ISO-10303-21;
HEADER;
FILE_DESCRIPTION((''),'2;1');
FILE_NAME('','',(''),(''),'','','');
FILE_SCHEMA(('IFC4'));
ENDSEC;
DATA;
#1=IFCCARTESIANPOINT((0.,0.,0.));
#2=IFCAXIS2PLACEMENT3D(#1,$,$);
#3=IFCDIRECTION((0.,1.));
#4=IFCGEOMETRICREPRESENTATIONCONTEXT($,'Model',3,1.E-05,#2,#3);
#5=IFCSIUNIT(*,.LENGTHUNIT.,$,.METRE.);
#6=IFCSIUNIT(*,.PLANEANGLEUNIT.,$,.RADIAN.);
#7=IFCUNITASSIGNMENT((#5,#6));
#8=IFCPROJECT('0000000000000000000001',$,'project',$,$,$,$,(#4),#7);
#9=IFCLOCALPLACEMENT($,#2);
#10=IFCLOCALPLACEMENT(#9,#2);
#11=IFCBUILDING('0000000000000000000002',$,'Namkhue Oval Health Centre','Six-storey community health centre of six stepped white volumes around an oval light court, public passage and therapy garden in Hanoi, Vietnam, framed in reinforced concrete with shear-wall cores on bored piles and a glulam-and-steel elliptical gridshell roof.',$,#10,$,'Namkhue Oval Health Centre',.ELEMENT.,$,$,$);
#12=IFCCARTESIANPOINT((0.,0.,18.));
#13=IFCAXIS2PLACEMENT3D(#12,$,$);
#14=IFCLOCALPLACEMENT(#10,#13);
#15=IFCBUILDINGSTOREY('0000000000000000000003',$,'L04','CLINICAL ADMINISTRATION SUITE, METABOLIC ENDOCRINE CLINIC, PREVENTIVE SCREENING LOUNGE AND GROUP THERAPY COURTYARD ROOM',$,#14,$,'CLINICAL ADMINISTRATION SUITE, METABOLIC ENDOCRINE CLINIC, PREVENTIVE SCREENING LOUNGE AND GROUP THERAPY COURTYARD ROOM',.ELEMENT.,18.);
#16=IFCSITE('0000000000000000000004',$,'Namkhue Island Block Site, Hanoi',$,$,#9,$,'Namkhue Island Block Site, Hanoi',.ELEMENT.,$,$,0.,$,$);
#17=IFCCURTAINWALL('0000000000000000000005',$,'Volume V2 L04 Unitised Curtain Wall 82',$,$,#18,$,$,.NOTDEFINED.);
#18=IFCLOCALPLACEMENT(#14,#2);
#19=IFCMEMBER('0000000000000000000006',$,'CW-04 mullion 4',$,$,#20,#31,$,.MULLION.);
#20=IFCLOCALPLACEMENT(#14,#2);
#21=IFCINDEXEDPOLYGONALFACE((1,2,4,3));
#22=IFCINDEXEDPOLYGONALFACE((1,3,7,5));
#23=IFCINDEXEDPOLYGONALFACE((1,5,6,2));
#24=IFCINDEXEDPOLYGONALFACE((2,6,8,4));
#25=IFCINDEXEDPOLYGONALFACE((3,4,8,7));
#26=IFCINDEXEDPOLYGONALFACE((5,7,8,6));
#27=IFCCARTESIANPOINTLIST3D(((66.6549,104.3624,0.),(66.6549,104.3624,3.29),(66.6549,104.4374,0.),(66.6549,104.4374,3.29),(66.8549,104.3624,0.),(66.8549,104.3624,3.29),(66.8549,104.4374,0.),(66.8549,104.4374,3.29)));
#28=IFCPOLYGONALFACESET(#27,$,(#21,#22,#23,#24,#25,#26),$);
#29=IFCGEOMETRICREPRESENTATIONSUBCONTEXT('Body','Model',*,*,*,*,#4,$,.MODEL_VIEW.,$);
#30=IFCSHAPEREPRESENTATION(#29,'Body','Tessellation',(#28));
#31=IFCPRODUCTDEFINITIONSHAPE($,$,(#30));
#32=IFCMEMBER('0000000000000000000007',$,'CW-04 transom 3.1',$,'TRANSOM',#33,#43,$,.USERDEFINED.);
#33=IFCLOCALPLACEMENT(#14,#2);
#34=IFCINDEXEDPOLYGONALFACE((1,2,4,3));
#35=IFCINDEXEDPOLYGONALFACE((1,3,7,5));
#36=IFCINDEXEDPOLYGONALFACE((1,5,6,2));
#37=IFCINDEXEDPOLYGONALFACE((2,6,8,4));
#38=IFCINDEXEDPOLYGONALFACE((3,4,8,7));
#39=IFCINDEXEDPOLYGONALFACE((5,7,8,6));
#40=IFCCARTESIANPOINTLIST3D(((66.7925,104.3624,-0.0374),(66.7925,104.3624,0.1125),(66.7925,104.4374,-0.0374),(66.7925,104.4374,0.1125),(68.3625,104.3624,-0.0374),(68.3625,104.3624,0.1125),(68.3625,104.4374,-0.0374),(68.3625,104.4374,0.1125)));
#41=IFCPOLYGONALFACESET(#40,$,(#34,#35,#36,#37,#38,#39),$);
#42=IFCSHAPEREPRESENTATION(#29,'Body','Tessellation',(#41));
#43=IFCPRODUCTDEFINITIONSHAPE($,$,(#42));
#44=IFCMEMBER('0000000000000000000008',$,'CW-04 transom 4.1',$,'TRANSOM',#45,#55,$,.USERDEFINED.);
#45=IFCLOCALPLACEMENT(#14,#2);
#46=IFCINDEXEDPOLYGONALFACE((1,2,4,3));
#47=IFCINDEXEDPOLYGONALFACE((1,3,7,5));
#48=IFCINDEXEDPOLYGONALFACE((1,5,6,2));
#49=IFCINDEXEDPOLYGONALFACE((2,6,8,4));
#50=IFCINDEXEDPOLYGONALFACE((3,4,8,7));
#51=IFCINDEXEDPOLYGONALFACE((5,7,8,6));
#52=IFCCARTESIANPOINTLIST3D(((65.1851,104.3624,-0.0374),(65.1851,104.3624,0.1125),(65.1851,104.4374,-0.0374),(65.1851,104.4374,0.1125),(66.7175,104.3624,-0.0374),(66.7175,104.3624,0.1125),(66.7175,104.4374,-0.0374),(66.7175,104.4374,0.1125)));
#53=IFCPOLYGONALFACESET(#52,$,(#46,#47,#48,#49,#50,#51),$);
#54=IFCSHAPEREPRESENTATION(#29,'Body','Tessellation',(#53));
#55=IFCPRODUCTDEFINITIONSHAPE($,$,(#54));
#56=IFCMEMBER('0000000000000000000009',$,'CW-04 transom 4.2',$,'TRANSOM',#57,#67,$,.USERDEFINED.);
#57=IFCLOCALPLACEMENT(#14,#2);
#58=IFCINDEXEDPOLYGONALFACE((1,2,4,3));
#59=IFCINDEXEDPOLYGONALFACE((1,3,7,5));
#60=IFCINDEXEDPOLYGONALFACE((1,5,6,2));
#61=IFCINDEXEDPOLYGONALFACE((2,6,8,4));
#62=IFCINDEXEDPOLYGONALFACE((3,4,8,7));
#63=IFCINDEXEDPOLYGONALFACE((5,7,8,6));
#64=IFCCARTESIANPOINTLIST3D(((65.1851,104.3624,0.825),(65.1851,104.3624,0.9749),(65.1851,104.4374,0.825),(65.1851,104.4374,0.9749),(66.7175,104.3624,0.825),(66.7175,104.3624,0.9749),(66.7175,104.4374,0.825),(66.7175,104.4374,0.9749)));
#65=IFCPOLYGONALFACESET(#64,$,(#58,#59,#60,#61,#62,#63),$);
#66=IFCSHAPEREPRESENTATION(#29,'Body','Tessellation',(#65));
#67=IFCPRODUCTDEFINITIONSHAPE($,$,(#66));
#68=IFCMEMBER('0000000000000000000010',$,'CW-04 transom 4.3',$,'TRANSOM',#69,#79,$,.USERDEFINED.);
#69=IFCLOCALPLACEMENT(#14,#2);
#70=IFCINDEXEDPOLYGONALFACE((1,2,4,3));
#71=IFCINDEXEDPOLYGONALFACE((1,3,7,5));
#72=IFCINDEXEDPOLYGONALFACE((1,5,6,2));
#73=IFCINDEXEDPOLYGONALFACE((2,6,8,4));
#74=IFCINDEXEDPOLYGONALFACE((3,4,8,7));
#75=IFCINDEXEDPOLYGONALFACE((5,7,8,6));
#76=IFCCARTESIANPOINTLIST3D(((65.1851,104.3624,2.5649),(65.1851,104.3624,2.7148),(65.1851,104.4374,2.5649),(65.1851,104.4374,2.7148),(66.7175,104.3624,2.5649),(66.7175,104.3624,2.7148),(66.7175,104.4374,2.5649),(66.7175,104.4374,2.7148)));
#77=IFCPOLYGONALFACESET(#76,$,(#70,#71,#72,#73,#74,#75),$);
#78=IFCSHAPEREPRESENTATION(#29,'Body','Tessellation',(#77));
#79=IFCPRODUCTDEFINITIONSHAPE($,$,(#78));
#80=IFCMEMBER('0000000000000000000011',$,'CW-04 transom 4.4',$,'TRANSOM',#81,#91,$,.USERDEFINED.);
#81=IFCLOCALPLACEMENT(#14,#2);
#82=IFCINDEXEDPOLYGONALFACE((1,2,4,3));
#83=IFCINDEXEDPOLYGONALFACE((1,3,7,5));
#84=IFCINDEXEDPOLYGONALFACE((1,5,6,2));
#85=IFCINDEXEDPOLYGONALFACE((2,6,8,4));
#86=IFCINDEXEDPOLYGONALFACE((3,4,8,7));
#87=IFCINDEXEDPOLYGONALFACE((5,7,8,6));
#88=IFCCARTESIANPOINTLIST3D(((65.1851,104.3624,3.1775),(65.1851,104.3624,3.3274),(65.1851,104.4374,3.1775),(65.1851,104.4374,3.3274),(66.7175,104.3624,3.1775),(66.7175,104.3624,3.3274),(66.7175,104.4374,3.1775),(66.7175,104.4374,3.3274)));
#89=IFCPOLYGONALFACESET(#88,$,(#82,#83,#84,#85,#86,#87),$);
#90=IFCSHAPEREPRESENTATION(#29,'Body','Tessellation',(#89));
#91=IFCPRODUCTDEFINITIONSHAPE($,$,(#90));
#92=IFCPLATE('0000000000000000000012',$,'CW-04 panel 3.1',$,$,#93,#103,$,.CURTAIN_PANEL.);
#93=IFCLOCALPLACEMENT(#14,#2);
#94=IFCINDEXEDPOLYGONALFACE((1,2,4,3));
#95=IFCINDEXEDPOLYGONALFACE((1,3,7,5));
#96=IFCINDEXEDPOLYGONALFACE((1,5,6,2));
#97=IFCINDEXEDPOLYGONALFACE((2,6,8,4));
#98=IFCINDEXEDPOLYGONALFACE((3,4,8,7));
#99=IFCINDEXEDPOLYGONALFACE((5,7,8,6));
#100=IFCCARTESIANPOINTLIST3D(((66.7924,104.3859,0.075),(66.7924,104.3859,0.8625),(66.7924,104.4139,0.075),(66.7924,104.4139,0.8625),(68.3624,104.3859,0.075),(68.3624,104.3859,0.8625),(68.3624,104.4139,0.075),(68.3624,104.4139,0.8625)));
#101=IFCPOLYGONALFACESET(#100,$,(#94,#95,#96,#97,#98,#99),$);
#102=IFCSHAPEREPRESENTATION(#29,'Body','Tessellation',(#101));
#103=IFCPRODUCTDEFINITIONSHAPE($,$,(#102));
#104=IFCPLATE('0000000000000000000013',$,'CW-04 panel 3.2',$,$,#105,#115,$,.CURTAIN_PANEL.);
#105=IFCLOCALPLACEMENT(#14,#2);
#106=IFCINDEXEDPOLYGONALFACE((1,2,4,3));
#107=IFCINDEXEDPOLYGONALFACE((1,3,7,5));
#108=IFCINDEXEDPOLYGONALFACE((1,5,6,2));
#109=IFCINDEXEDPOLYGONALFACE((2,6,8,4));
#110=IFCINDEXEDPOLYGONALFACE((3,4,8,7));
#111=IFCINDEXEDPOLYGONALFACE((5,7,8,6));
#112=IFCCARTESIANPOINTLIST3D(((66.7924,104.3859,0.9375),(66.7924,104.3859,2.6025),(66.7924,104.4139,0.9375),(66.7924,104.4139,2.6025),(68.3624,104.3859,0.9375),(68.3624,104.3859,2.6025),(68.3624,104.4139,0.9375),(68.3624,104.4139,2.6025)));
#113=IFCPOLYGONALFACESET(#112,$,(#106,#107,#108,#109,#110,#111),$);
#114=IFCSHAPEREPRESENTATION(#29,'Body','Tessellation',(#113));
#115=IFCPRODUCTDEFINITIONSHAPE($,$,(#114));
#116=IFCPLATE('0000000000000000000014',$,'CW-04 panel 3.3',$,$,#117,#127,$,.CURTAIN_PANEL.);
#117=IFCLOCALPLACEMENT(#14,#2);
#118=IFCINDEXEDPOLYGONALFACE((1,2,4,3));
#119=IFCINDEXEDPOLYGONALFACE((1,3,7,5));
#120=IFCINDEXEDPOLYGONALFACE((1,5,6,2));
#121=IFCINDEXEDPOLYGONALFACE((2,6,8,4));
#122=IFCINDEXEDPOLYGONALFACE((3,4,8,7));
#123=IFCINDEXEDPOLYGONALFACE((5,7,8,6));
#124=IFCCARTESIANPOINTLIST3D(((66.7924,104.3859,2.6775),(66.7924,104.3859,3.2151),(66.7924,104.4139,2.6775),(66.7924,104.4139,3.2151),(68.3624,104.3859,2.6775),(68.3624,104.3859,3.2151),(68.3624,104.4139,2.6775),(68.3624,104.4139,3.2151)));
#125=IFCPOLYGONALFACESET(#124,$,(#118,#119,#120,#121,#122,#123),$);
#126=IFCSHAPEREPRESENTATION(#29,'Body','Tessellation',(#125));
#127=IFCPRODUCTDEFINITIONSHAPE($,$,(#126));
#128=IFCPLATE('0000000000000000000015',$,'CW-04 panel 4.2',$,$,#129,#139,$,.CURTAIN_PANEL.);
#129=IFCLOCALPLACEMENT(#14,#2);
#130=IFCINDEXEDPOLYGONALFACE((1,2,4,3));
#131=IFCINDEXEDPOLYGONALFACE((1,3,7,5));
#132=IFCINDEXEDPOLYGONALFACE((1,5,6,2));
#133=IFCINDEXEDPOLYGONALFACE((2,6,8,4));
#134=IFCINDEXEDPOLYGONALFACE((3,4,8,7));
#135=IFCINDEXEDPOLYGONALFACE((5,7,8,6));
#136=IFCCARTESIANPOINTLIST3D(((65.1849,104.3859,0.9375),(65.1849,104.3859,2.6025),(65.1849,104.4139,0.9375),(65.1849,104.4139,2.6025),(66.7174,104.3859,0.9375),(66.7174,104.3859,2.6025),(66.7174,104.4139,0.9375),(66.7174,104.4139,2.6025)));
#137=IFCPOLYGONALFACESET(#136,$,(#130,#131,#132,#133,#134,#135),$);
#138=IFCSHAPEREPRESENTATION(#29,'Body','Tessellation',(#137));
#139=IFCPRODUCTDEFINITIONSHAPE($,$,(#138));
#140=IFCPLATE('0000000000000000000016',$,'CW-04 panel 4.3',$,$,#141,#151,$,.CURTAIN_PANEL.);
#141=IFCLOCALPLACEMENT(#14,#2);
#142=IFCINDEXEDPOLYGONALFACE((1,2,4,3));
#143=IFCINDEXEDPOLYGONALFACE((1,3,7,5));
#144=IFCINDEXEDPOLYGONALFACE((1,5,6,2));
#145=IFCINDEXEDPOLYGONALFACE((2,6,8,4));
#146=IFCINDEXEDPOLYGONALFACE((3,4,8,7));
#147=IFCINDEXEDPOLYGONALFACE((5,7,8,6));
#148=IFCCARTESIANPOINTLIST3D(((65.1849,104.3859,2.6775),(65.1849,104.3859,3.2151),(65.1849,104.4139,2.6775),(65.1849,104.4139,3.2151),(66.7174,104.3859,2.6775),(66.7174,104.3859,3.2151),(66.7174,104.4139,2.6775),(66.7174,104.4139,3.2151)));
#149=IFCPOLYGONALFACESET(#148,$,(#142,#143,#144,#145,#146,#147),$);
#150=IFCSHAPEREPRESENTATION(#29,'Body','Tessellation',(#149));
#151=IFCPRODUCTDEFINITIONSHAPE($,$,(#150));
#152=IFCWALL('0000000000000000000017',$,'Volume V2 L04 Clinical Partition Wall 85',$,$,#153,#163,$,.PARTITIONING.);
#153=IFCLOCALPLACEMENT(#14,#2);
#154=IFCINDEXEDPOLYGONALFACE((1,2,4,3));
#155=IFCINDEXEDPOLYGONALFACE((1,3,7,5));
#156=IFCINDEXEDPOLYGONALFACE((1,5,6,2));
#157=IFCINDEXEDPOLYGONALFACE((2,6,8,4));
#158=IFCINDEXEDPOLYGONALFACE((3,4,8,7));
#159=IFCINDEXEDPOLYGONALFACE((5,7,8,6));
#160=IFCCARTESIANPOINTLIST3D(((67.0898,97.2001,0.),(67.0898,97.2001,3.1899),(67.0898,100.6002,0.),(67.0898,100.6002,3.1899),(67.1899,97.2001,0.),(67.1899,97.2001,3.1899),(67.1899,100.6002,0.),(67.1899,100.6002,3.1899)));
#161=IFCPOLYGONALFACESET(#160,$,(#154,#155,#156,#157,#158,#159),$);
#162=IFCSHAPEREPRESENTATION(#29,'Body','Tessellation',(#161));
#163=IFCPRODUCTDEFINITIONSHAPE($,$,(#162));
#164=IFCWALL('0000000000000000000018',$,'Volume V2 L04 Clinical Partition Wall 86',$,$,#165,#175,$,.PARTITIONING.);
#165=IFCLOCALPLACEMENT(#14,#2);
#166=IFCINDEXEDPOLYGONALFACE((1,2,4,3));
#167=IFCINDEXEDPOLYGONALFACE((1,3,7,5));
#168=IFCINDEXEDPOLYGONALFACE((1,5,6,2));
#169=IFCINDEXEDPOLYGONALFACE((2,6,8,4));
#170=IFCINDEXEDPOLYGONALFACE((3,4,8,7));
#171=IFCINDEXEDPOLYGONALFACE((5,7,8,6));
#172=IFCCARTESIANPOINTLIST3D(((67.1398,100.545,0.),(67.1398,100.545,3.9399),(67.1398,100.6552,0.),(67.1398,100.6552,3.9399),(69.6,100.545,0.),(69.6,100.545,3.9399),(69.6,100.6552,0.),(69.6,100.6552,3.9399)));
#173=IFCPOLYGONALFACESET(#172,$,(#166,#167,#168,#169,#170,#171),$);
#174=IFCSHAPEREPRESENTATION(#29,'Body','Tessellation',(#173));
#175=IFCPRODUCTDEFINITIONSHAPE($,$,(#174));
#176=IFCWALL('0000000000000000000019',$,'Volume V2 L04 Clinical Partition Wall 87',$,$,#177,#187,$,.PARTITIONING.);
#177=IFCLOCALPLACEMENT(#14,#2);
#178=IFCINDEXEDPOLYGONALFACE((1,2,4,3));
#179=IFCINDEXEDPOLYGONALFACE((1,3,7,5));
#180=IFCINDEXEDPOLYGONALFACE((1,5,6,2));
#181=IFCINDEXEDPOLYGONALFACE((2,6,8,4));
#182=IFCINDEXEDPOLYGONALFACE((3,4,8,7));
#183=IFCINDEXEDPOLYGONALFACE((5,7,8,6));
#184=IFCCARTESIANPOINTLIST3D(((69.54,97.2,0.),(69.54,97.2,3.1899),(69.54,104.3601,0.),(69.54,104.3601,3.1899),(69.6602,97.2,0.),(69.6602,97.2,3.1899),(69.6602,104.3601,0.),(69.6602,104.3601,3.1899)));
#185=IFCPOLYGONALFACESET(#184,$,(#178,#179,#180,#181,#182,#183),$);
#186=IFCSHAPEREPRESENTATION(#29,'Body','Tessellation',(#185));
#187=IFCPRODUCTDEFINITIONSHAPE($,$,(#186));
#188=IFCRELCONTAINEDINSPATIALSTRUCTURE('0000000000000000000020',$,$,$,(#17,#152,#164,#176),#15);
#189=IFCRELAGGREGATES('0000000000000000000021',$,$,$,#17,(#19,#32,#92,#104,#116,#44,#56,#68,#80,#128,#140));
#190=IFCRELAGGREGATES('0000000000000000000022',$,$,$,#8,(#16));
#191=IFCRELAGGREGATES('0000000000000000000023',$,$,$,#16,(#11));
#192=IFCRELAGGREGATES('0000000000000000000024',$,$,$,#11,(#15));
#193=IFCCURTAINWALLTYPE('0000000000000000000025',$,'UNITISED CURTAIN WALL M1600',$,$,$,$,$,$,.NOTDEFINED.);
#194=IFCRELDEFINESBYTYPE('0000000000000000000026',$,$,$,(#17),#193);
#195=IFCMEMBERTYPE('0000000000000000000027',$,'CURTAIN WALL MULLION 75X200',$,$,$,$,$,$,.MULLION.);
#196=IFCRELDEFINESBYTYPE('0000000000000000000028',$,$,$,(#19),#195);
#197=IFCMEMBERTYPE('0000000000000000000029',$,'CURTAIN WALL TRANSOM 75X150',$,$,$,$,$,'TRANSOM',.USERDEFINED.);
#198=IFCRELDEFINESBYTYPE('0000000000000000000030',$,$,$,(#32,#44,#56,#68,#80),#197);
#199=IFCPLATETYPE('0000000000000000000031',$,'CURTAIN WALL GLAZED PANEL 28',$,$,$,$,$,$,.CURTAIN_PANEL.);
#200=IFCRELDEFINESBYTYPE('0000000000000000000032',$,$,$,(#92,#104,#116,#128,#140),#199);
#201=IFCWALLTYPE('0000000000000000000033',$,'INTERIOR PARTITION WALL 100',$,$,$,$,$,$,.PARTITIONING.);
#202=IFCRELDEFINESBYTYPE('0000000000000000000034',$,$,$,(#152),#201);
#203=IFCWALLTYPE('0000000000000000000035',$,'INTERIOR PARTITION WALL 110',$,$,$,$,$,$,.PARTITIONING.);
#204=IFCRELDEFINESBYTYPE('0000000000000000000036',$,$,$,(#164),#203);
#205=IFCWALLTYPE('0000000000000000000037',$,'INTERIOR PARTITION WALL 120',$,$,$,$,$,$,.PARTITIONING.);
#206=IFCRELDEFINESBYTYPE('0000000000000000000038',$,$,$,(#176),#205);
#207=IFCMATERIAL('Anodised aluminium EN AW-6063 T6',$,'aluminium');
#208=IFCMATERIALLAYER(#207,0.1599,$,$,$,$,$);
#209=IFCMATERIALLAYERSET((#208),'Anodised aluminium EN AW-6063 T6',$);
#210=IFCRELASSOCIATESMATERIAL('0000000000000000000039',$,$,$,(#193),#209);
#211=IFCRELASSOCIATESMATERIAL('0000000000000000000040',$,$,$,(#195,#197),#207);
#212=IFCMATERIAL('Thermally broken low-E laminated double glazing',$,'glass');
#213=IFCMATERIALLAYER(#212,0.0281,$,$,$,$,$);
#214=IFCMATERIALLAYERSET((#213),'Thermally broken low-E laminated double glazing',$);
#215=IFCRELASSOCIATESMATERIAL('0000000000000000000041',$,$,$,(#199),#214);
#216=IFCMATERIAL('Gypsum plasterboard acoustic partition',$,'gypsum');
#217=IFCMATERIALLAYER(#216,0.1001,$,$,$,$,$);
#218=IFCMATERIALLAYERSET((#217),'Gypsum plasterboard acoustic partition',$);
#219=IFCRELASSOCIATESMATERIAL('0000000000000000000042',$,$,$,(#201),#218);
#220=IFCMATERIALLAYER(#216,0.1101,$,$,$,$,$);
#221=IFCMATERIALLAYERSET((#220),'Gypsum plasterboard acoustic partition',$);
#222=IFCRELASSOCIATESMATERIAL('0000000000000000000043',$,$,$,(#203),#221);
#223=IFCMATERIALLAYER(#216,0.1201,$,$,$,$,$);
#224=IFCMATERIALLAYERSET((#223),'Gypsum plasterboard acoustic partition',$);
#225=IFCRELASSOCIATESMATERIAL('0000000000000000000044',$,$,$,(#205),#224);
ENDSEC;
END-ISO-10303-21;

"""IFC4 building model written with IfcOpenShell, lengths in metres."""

from ifc_helpers import new_model, si_unit, direction, frame, frame_2d, origin, origin_2d, place, context, subcontext, project, spatial, rectangle, extrude, material, layer, layer_set, material_profile, profile_set, type_object, element, aggregate, save


model = new_model("IFC4")

# Units and contexts
model_context = context("Model", 3, precision=1e-05, world=origin(), true_north=direction((0.0, 1.0)))
body_context = subcontext(model_context, "Body", "Model", "MODEL_VIEW")
ifc_project = project(units=[si_unit("LENGTHUNIT", "METRE"), si_unit("PLANEANGLEUNIT", "RADIAN")], contexts=[model_context])

# Site, building, storey
site_placement = place(None, origin())
site = spatial("IfcSite", under=ifc_project, at=site_placement, Name="Namkhue Island Block Site, Hanoi", LongName="Namkhue Island Block Site, Hanoi", CompositionType="ELEMENT", RefElevation=0.0)
building_placement = place(site_placement, origin())
building = spatial("IfcBuilding", under=site, at=building_placement, Name="Namkhue Oval Health Centre", Description="Six-storey community health centre of six stepped white volumes around an oval light court, public passage and therapy garden in Hanoi, Vietnam, framed in reinforced concrete with shear-wall cores on bored piles and a glulam-and-steel elliptical gridshell roof.", LongName="Namkhue Oval Health Centre", CompositionType="ELEMENT")
storey_placement = place(building_placement, frame((0.0, 0.0, 18.0)))
storey = spatial("IfcBuildingStorey", under=building, at=storey_placement, Name="L04", Description="CLINICAL ADMINISTRATION SUITE, METABOLIC ENDOCRINE CLINIC, PREVENTIVE SCREENING LOUNGE AND GROUP THERAPY COURTYARD ROOM", LongName="CLINICAL ADMINISTRATION SUITE, METABOLIC ENDOCRINE CLINIC, PREVENTIVE SCREENING LOUNGE AND GROUP THERAPY COURTYARD ROOM", CompositionType="ELEMENT", Elevation=18.0)

# Curtain wall, members, plates
ifc_material_1 = material(Name="Anodised aluminium EN AW-6063 T6", Category="aluminium")
ifc_layer_1 = layer(ifc_material_1, 0.1599)
ifc_layer_set_1 = layer_set([ifc_layer_1], Name="Anodised aluminium EN AW-6063 T6")
curtain_wall_type = type_object("IfcCurtainWallType", Name="UNITISED CURTAIN WALL M1600", PredefinedType="NOTDEFINED", material=ifc_layer_set_1)
curtain_wall_placement = place(storey_placement, origin())
curtain_wall = element("IfcCurtainWall", 1, at=curtain_wall_placement, inside=storey, type_object=curtain_wall_type, Name="Volume V2 L04 Unitised Curtain Wall 82", PredefinedType="NOTDEFINED")
ifc_material_profile_1 = material_profile(ifc_material_1, rectangle(XDim=0.075, YDim=0.2, at=origin_2d()), Name="ALU 75x200")
ifc_profile_set_1 = profile_set([ifc_material_profile_1], Name="Anodised aluminium EN AW-6063 T6")
member_type_1 = type_object("IfcMemberType", Name="CURTAIN WALL MULLION 75X200", PredefinedType="MULLION", material=ifc_profile_set_1)
member_1_placement = place(storey_placement, frame((66.7549, 104.3999, 0.0), z_axis=(0.0, 0.0, 1.0), x_axis=(0.0, -1.0, 0.0)))
member_1 = element("IfcMember", 2, at=member_1_placement, type_object=member_type_1, Name="CW-04 mullion 4", PredefinedType="MULLION", context=body_context, shape_type="SweptSolid", body=[
    extrude(rectangle(XDim=0.075, YDim=0.2, at=origin_2d()), origin(), (0.0, 0.0, 1.0), 3.29),
])
ifc_material_profile_2 = material_profile(ifc_material_1, rectangle(XDim=0.075, YDim=0.1499, at=origin_2d()), Name="ALU 75x150")
ifc_profile_set_2 = profile_set([ifc_material_profile_2], Name="Anodised aluminium EN AW-6063 T6")
member_type_2 = type_object("IfcMemberType", Name="CURTAIN WALL TRANSOM 75X150", ElementType="TRANSOM", PredefinedType="USERDEFINED", material=ifc_profile_set_2)
member_2_placement = place(storey_placement, frame((68.3625, 104.3999, 0.0376), z_axis=(-1.0, 0.0, 0.0), x_axis=(0.0, -1.0, 0.0)))
member_2 = element("IfcMember", 3, at=member_2_placement, type_object=member_type_2, Name="CW-04 transom 3.1", ObjectType="TRANSOM", PredefinedType="USERDEFINED", context=body_context, shape_type="SweptSolid", body=[
    extrude(rectangle(XDim=0.075, YDim=0.1499, at=origin_2d()), origin(), (0.0, 0.0, 1.0), 1.5701),
])
member_3_placement = place(storey_placement, frame((66.7175, 104.3999, 0.0376), z_axis=(-1.0, 0.0, 0.0), x_axis=(0.0, -1.0, 0.0)))
member_3 = element("IfcMember", 4, at=member_3_placement, type_object=member_type_2, Name="CW-04 transom 4.1", ObjectType="TRANSOM", PredefinedType="USERDEFINED", context=body_context, shape_type="SweptSolid", body=[
    extrude(rectangle(XDim=0.075, YDim=0.1499, at=origin_2d()), origin(), (0.0, 0.0, 1.0), 1.5325),
])
member_4_placement = place(storey_placement, frame((66.7175, 104.3999, 0.8999), z_axis=(-1.0, 0.0, 0.0), x_axis=(0.0, -1.0, 0.0)))
member_4 = element("IfcMember", 5, at=member_4_placement, type_object=member_type_2, Name="CW-04 transom 4.2", ObjectType="TRANSOM", PredefinedType="USERDEFINED", context=body_context, shape_type="SweptSolid", body=[
    extrude(rectangle(XDim=0.075, YDim=0.1499, at=origin_2d()), origin(), (0.0, 0.0, 1.0), 1.5325),
])
member_5_placement = place(storey_placement, frame((66.7175, 104.3999, 2.6399), z_axis=(-1.0, 0.0, 0.0), x_axis=(0.0, -1.0, 0.0)))
member_5 = element("IfcMember", 6, at=member_5_placement, type_object=member_type_2, Name="CW-04 transom 4.3", ObjectType="TRANSOM", PredefinedType="USERDEFINED", context=body_context, shape_type="SweptSolid", body=[
    extrude(rectangle(XDim=0.075, YDim=0.1499, at=origin_2d()), origin(), (0.0, 0.0, 1.0), 1.5325),
])
member_6_placement = place(storey_placement, frame((66.7175, 104.3999, 3.2524), z_axis=(-1.0, 0.0, 0.0), x_axis=(0.0, -1.0, 0.0)))
member_6 = element("IfcMember", 7, at=member_6_placement, type_object=member_type_2, Name="CW-04 transom 4.4", ObjectType="TRANSOM", PredefinedType="USERDEFINED", context=body_context, shape_type="SweptSolid", body=[
    extrude(rectangle(XDim=0.075, YDim=0.1499, at=origin_2d()), origin(), (0.0, 0.0, 1.0), 1.5325),
])
ifc_material_2 = material(Name="Thermally broken low-E laminated double glazing", Category="glass")
ifc_layer_2 = layer(ifc_material_2, 0.0281)
ifc_layer_set_2 = layer_set([ifc_layer_2], Name="Thermally broken low-E laminated double glazing")
plate_type = type_object("IfcPlateType", Name="CURTAIN WALL GLAZED PANEL 28", PredefinedType="CURTAIN_PANEL", material=ifc_layer_set_2)
plate_1_placement = place(storey_placement, frame((67.5774, 104.3999, 0.075), z_axis=(0.0, 0.0, 1.0), x_axis=(-1.0, 0.0, 0.0)))
plate_1 = element("IfcPlate", 8, at=plate_1_placement, type_object=plate_type, Name="CW-04 panel 3.1", PredefinedType="CURTAIN_PANEL", context=body_context, shape_type="SweptSolid", body=[
    extrude(rectangle(XDim=1.5701, YDim=0.0281, at=origin_2d()), origin(), (0.0, 0.0, 1.0), 0.7876),
])
plate_2_placement = place(storey_placement, frame((67.5774, 104.3999, 0.9375), z_axis=(0.0, 0.0, 1.0), x_axis=(-1.0, 0.0, 0.0)))
plate_2 = element("IfcPlate", 9, at=plate_2_placement, type_object=plate_type, Name="CW-04 panel 3.2", PredefinedType="CURTAIN_PANEL", context=body_context, shape_type="SweptSolid", body=[
    extrude(rectangle(XDim=1.5701, YDim=0.0281, at=origin_2d()), origin(), (0.0, 0.0, 1.0), 1.665),
])
plate_3_placement = place(storey_placement, frame((67.5774, 104.3999, 2.6775), z_axis=(0.0, 0.0, 1.0), x_axis=(-1.0, 0.0, 0.0)))
plate_3 = element("IfcPlate", 10, at=plate_3_placement, type_object=plate_type, Name="CW-04 panel 3.3", PredefinedType="CURTAIN_PANEL", context=body_context, shape_type="SweptSolid", body=[
    extrude(rectangle(XDim=1.5701, YDim=0.0281, at=origin_2d()), origin(), (0.0, 0.0, 1.0), 0.5376),
])
plate_4_placement = place(storey_placement, frame((65.9512, 104.3999, 0.9375), z_axis=(0.0, 0.0, 1.0), x_axis=(-1.0, 0.0, 0.0)))
plate_4 = element("IfcPlate", 11, at=plate_4_placement, type_object=plate_type, Name="CW-04 panel 4.2", PredefinedType="CURTAIN_PANEL", context=body_context, shape_type="SweptSolid", body=[
    extrude(rectangle(XDim=1.5325, YDim=0.0281, at=origin_2d()), origin(), (0.0, 0.0, 1.0), 1.665),
])
plate_5_placement = place(storey_placement, frame((65.9512, 104.3999, 2.6775), z_axis=(0.0, 0.0, 1.0), x_axis=(-1.0, 0.0, 0.0)))
plate_5 = element("IfcPlate", 12, at=plate_5_placement, type_object=plate_type, Name="CW-04 panel 4.3", PredefinedType="CURTAIN_PANEL", context=body_context, shape_type="SweptSolid", body=[
    extrude(rectangle(XDim=1.5325, YDim=0.0281, at=origin_2d()), origin(), (0.0, 0.0, 1.0), 0.5376),
])
aggregate(curtain_wall, [member_1, member_2, plate_1, plate_2, plate_3, member_3, member_4, member_5, member_6, plate_4, plate_5])

# Walls
ifc_material_3 = material(Name="Gypsum plasterboard acoustic partition", Category="gypsum")
ifc_layer_3 = layer(ifc_material_3, 0.1001)
ifc_layer_set_3 = layer_set([ifc_layer_3], Name="Gypsum plasterboard acoustic partition")
wall_type_1 = type_object("IfcWallType", Name="INTERIOR PARTITION WALL 100", PredefinedType="PARTITIONING", material=ifc_layer_set_3)
wall_1_placement = place(storey_placement, frame((67.1399, 97.2, 0.0), z_axis=(0.0, 0.0, 1.0), x_axis=(0.0, 1.0, 0.0)))
element("IfcWall", 13, at=wall_1_placement, inside=storey, type_object=wall_type_1, Name="Volume V2 L04 Clinical Partition Wall 85", PredefinedType="PARTITIONING", context=body_context, shape_type="SweptSolid", body=[
    extrude(rectangle(XDim=3.4001, YDim=0.1001, at=frame_2d((1.7002, 0.0))), origin(), (0.0, 0.0, 1.0), 3.1899),
])
ifc_layer_4 = layer(ifc_material_3, 0.1101)
ifc_layer_set_4 = layer_set([ifc_layer_4], Name="Gypsum plasterboard acoustic partition")
wall_type_2 = type_object("IfcWallType", Name="INTERIOR PARTITION WALL 110", PredefinedType="PARTITIONING", material=ifc_layer_set_4)
wall_2_placement = place(storey_placement, frame((67.1399, 100.6001, 0.0), z_axis=(0.0, 0.0, 1.0), x_axis=(1.0, 0.0, 0.0)))
element("IfcWall", 14, at=wall_2_placement, inside=storey, type_object=wall_type_2, Name="Volume V2 L04 Clinical Partition Wall 86", PredefinedType="PARTITIONING", context=body_context, shape_type="SweptSolid", body=[
    extrude(rectangle(XDim=2.4602, YDim=0.1101, at=frame_2d((1.23, 0.0))), origin(), (0.0, 0.0, 1.0), 3.9399),
])
ifc_layer_5 = layer(ifc_material_3, 0.1201)
ifc_layer_set_5 = layer_set([ifc_layer_5], Name="Gypsum plasterboard acoustic partition")
wall_type_3 = type_object("IfcWallType", Name="INTERIOR PARTITION WALL 120", PredefinedType="PARTITIONING", material=ifc_layer_set_5)
wall_3_placement = place(storey_placement, frame((69.6001, 97.2, 0.0), z_axis=(0.0, 0.0, 1.0), x_axis=(0.0, 1.0, 0.0)))
element("IfcWall", 15, at=wall_3_placement, inside=storey, type_object=wall_type_3, Name="Volume V2 L04 Clinical Partition Wall 87", PredefinedType="PARTITIONING", context=body_context, shape_type="SweptSolid", body=[
    extrude(rectangle(XDim=7.1602, YDim=0.1201, at=frame_2d((3.5801, 0.0))), origin(), (0.0, 0.0, 1.0), 3.1899),
])

save(model, "model.ifc")
